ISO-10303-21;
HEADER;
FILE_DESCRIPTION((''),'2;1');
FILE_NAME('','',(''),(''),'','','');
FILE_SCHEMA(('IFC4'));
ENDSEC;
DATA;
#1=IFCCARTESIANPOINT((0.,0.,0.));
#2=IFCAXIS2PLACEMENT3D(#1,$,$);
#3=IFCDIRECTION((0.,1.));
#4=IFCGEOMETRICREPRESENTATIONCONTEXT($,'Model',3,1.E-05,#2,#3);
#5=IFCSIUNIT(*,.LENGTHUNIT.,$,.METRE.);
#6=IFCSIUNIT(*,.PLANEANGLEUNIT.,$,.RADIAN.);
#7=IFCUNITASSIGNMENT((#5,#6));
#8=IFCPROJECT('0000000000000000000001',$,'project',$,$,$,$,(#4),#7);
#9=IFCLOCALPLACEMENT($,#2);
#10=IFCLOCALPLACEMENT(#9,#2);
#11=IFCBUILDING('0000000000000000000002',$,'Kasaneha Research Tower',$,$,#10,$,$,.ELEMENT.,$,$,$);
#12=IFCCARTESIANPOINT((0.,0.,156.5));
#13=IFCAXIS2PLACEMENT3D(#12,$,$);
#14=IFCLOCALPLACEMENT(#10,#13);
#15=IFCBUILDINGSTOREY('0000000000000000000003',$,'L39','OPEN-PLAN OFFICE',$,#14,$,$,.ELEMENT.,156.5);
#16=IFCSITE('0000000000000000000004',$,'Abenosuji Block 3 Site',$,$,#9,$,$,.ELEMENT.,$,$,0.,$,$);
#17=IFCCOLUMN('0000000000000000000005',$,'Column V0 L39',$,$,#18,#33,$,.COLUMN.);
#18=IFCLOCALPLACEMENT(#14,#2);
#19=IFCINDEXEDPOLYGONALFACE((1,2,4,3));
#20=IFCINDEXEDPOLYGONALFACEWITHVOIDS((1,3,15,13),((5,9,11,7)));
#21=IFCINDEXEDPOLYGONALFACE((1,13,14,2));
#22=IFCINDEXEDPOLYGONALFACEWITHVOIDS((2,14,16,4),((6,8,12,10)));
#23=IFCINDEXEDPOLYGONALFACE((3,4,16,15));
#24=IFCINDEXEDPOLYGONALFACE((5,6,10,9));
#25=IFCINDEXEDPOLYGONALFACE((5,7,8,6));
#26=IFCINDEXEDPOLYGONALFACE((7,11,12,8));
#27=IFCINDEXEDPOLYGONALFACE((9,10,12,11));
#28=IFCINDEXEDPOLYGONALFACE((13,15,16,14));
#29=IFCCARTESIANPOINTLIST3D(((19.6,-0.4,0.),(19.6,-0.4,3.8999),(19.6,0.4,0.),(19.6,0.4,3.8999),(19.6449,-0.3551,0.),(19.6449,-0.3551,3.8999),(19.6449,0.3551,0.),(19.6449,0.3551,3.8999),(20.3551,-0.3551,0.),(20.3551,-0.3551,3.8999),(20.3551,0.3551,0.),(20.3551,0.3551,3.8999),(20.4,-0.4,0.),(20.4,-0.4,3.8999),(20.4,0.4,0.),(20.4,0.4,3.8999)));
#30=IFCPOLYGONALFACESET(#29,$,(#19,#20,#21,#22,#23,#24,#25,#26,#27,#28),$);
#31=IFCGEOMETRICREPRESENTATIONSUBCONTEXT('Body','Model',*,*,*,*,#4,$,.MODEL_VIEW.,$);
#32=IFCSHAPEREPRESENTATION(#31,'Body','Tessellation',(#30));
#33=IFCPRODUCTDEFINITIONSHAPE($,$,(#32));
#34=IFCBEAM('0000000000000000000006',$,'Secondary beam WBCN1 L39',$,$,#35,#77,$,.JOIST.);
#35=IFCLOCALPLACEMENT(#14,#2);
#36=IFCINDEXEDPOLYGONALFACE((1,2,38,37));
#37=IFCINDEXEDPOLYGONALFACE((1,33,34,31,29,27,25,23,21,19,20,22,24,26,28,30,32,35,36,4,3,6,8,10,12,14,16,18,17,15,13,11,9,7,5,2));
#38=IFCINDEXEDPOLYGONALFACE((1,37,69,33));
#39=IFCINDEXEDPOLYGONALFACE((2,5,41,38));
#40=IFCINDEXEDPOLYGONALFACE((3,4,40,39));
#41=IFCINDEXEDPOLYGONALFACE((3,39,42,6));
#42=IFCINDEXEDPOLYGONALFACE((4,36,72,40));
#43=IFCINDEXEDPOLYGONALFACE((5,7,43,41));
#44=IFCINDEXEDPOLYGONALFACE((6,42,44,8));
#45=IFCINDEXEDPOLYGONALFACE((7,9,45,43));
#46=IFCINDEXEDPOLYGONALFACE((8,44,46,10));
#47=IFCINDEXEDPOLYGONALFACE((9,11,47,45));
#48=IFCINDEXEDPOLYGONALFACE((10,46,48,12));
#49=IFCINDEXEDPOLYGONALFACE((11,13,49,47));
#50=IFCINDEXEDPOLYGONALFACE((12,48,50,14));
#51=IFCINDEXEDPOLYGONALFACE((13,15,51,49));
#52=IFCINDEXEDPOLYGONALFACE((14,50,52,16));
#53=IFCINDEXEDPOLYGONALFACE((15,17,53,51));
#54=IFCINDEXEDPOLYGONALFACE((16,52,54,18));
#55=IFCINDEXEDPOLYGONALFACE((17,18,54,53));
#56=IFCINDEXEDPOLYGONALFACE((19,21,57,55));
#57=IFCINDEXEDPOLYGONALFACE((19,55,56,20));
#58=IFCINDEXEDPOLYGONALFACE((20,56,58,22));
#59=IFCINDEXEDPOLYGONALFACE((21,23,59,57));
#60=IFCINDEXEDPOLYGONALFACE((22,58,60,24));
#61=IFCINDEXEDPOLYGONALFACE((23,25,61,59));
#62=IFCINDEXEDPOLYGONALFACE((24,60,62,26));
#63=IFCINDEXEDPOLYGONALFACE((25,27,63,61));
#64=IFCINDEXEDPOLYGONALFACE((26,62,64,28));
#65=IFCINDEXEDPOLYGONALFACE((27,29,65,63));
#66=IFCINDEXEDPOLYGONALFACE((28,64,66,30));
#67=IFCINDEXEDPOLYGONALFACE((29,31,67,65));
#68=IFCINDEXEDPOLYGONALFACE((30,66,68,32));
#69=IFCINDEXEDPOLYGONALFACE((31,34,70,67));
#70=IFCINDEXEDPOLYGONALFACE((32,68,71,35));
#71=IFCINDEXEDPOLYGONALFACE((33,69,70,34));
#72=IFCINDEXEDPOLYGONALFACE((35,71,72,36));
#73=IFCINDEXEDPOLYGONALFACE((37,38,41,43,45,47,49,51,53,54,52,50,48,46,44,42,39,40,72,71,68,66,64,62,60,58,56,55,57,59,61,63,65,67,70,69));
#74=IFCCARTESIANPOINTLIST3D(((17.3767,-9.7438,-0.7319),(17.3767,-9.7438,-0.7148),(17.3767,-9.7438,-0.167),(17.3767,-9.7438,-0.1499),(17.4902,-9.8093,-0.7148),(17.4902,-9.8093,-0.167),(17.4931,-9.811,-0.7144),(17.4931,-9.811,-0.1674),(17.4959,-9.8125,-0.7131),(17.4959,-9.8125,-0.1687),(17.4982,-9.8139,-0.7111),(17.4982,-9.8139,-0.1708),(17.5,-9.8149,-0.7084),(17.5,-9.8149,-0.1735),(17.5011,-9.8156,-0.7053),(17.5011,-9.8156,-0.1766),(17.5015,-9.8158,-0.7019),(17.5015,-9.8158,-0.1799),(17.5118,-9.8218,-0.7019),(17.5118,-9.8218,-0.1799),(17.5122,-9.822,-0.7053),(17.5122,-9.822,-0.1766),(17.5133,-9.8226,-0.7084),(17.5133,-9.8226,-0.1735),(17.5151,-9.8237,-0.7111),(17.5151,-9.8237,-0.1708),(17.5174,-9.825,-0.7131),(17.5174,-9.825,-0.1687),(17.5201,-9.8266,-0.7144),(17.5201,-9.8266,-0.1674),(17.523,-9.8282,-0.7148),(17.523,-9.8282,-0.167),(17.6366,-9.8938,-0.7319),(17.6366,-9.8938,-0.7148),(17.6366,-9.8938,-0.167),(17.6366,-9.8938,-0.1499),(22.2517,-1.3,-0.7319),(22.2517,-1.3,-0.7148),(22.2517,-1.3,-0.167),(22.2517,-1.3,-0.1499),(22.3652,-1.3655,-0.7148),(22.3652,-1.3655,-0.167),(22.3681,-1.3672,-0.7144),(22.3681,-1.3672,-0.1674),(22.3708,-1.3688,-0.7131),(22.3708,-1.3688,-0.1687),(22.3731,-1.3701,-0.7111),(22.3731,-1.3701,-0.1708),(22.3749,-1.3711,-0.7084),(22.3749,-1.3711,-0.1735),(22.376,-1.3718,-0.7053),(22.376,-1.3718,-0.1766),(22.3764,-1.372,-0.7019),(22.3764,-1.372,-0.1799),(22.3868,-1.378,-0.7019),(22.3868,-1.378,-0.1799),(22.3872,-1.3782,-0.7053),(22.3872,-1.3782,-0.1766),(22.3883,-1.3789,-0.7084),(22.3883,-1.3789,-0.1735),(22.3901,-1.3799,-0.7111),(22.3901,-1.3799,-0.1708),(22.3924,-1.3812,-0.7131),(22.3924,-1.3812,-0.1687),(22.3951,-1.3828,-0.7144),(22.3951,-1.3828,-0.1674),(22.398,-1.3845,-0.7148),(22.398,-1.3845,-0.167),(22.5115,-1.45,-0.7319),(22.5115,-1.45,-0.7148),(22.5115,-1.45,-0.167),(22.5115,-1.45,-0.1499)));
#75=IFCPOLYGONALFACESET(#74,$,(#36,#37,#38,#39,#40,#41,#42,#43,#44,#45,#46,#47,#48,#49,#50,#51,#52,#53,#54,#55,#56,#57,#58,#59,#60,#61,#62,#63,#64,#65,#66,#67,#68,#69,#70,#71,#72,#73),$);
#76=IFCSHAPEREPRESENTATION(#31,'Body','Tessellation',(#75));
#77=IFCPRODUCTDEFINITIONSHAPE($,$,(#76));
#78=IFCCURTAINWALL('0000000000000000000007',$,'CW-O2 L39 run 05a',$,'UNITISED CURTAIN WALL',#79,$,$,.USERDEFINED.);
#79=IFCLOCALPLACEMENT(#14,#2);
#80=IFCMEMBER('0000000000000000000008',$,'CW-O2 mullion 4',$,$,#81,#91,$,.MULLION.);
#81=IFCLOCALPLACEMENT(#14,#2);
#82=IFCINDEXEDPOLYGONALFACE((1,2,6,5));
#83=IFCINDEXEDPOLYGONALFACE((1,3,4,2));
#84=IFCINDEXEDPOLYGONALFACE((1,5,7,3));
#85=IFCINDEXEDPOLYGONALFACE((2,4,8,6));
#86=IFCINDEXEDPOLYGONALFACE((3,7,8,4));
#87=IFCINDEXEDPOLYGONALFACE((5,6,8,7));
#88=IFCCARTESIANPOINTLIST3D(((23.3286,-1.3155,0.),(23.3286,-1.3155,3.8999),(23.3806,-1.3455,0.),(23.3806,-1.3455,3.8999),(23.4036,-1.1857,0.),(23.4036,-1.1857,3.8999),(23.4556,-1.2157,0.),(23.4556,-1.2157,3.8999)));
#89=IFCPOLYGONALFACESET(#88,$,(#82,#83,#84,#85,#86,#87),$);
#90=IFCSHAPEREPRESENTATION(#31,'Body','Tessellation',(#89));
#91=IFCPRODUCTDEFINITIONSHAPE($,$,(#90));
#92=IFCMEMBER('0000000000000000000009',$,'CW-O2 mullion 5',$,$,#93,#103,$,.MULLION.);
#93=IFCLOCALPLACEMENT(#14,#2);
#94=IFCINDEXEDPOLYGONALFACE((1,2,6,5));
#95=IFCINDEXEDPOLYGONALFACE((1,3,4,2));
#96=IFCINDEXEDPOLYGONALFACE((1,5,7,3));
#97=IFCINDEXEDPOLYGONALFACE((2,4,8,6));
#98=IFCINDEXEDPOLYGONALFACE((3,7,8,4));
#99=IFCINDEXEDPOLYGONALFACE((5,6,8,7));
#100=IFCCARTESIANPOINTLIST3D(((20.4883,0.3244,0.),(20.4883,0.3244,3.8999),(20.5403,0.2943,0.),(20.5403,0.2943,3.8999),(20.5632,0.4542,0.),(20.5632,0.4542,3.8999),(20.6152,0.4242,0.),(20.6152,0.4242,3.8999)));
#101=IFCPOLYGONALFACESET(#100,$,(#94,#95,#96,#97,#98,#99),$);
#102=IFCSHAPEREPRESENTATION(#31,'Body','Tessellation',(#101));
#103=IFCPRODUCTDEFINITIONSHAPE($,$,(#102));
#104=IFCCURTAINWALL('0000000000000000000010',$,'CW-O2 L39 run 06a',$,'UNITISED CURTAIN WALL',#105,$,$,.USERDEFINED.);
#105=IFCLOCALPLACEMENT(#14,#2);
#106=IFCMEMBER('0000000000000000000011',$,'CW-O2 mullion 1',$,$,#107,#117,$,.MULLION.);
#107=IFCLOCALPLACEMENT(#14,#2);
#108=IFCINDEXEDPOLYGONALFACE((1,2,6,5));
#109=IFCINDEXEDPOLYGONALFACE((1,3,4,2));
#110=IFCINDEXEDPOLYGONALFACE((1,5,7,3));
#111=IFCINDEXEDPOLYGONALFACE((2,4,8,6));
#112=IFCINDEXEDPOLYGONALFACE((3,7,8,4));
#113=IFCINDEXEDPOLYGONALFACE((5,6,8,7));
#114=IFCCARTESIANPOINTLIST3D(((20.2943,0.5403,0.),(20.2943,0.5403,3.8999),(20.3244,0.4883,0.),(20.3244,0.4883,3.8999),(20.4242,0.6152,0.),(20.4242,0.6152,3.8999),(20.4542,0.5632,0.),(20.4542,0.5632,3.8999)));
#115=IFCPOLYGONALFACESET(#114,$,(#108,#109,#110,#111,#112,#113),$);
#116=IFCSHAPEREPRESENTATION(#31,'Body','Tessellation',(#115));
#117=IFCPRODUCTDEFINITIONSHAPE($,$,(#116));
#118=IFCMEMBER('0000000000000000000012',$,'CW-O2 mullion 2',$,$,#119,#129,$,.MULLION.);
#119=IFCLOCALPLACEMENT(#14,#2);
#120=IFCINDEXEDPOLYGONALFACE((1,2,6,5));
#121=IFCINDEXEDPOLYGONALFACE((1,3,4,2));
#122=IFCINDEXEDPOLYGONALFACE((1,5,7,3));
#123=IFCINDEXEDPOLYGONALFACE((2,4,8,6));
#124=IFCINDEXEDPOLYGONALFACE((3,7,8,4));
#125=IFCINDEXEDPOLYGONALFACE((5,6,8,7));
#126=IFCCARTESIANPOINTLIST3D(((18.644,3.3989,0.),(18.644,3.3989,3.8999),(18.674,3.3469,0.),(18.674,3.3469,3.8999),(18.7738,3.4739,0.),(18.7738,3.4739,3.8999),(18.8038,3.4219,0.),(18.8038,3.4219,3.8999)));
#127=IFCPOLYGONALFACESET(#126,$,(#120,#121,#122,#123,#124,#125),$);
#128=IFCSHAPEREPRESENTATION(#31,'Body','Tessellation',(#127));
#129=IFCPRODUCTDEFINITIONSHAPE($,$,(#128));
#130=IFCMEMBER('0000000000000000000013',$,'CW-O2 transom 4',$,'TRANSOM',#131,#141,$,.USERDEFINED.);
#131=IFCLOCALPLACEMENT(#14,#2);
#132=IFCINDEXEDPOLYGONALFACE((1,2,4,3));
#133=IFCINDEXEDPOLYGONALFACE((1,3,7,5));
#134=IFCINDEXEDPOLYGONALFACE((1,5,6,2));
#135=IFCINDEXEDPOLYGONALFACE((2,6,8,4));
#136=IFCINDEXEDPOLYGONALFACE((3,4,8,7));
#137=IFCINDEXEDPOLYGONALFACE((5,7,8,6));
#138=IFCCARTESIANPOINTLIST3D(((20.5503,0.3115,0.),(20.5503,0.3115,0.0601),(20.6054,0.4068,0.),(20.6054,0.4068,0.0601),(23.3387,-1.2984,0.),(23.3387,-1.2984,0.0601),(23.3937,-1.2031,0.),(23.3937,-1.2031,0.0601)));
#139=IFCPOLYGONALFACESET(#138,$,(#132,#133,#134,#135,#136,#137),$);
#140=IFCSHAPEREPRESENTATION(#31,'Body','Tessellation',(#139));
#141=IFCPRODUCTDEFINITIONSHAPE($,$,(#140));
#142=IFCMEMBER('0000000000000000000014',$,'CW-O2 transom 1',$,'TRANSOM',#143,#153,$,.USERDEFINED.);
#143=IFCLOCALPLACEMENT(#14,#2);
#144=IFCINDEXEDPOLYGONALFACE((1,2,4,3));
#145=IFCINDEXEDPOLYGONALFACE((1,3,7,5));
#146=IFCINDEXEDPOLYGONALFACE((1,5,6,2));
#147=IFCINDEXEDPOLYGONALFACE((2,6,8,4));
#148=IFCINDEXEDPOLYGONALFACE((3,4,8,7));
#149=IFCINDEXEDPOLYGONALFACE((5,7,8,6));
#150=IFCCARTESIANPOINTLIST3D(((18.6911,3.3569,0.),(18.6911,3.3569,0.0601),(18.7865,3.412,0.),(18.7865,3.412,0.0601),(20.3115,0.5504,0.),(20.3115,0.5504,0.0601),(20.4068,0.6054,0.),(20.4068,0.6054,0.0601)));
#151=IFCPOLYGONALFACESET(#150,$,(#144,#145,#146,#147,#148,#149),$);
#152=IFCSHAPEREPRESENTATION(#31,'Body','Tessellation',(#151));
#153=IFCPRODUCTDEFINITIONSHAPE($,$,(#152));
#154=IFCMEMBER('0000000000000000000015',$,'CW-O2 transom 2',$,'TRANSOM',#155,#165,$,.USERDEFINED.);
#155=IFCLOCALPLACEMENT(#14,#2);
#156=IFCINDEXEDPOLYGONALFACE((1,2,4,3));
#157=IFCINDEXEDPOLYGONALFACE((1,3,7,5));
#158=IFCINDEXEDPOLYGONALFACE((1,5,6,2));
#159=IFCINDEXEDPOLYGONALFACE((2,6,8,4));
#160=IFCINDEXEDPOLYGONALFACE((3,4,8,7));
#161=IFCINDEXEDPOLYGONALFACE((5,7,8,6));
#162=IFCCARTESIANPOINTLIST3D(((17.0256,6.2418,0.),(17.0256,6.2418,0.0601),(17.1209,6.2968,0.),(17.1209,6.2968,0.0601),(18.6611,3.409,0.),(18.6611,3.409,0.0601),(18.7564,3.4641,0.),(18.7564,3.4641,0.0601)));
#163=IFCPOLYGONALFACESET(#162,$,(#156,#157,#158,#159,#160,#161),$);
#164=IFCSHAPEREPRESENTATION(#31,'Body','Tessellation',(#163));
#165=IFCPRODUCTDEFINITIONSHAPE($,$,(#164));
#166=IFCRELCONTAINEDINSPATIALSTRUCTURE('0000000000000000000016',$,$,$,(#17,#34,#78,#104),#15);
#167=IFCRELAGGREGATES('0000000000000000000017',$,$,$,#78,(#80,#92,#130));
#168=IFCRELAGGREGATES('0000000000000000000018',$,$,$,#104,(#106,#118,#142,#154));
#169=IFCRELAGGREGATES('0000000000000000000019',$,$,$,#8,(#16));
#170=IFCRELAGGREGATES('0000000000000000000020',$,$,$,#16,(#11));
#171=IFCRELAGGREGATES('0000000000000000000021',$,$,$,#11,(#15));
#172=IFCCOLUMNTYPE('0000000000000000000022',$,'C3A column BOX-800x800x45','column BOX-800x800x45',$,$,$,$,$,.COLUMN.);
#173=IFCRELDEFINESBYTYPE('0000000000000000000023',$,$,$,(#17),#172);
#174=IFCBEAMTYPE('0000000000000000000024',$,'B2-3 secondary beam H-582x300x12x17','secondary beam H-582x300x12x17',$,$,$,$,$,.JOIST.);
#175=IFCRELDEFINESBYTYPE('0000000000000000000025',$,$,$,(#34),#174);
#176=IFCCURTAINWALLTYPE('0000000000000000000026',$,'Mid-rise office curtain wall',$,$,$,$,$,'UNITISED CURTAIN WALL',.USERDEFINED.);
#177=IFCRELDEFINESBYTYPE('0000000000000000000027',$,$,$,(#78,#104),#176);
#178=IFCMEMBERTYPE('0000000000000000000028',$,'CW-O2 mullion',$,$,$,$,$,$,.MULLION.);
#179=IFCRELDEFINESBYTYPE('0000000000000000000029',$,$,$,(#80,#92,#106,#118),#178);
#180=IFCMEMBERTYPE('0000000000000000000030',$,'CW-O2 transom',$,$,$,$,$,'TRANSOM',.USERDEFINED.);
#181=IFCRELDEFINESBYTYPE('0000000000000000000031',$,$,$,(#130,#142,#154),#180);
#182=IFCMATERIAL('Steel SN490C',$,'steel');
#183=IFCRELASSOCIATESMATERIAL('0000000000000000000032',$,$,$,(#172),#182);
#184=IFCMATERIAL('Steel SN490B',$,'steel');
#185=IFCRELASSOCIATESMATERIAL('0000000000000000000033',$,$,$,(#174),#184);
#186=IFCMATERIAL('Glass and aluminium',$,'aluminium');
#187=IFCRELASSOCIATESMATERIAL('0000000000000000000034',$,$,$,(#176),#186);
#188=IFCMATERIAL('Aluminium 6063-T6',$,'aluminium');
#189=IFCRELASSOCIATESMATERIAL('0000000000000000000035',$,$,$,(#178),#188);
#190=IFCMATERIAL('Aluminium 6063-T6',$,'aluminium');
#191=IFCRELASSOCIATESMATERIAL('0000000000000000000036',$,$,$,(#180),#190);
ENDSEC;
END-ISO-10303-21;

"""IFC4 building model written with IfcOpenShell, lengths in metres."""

from ifc_helpers import new_model, si_unit, direction, frame, origin, origin_2d, place, context, subcontext, project, spatial, rectangle, hollow_rectangle, i_section, extrude, material, material_profile, profile_set, type_object, element, aggregate, save


model = new_model("IFC4")

# Units and contexts
model_context = context("Model", 3, precision=1e-05, world=origin(), true_north=direction((0.0, 1.0)))
body_context = subcontext(model_context, "Body", "Model", "MODEL_VIEW")
ifc_project = project(units=[si_unit("LENGTHUNIT", "METRE"), si_unit("PLANEANGLEUNIT", "RADIAN")], contexts=[model_context])

# Site, building, storey
site_placement = place(None, origin())
site = spatial("IfcSite", under=ifc_project, at=site_placement, Name="Abenosuji Block 3 Site", CompositionType="ELEMENT", RefElevation=0.0)
building_placement = place(site_placement, origin())
building = spatial("IfcBuilding", under=site, at=building_placement, Name="Kasaneha Research Tower", CompositionType="ELEMENT")
storey_placement = place(building_placement, frame((0.0, 0.0, 156.5)))
storey = spatial("IfcBuildingStorey", under=building, at=storey_placement, Name="L39", Description="OPEN-PLAN OFFICE", CompositionType="ELEMENT", Elevation=156.5)

# Column
ifc_material_1 = material(Name="Steel SN490C", Category="steel")
ifc_material_profile_1 = material_profile(ifc_material_1, hollow_rectangle(XDim=0.8, YDim=0.8, WallThickness=0.0449, at=origin_2d()), Name="BOX-800x800x45")
ifc_profile_set_1 = profile_set([ifc_material_profile_1], Name="Steel SN490C")
column_type = type_object("IfcColumnType", Name="C3A column BOX-800x800x45", Description="column BOX-800x800x45", PredefinedType="COLUMN", material=ifc_profile_set_1)
column_placement = place(storey_placement, frame((20.0, 0.0, 0.0), z_axis=(0.0, 0.0, 1.0), x_axis=(1.0, 0.0, 0.0)))
element("IfcColumn", 1, at=column_placement, inside=storey, type_object=column_type, Name="Column V0 L39", PredefinedType="COLUMN", context=body_context, shape_type="SweptSolid", body=[
    extrude(hollow_rectangle(XDim=0.8, YDim=0.8, WallThickness=0.0449, at=origin_2d()), origin(), (0.0, 0.0, 1.0), 3.8999),
])

# Beam
ifc_material_2 = material(Name="Steel SN490B", Category="steel")
ifc_material_profile_2 = material_profile(ifc_material_2, i_section(OverallWidth=0.3, OverallDepth=0.582, WebThickness=0.012, FlangeThickness=0.0171, FilletRadius=0.0129, at=origin_2d()), Name="H-582x300x12x17")
ifc_profile_set_2 = profile_set([ifc_material_profile_2], Name="Steel SN490B")
beam_type_1 = type_object("IfcBeamType", Name="B2-3 secondary beam H-582x300x12x17", Description="secondary beam H-582x300x12x17", PredefinedType="JOIST", material=ifc_profile_set_2)
beam_1_placement = place(storey_placement, frame((22.3816, -1.375, -0.4409), z_axis=(-0.499996, -0.866028, 0.0), x_axis=(0.866028, -0.499996, 0.0)))
element("IfcBeam", 2, at=beam_1_placement, inside=storey, type_object=beam_type_1, Name="Secondary beam WBCN1 L39", PredefinedType="JOIST", context=body_context, shape_type="SweptSolid", body=[
    extrude(i_section(OverallWidth=0.3, OverallDepth=0.582, WebThickness=0.012, FlangeThickness=0.0171, FilletRadius=0.0129, at=origin_2d()), origin(), (0.0, 0.0, 1.0), 9.75),
])

# Curtain walls, members
ifc_material_3 = material(Name="Glass and aluminium", Category="aluminium")
curtain_wall_type = type_object("IfcCurtainWallType", Name="Mid-rise office curtain wall", ElementType="UNITISED CURTAIN WALL", PredefinedType="USERDEFINED", material=ifc_material_3)
curtain_wall_1_placement = place(storey_placement, origin())
curtain_wall_1 = element("IfcCurtainWall", 3, at=curtain_wall_1_placement, inside=storey, type_object=curtain_wall_type, Name="CW-O2 L39 run 05a", ObjectType="UNITISED CURTAIN WALL", PredefinedType="USERDEFINED")
ifc_material_4 = material(Name="Aluminium 6063-T6", Category="aluminium")
ifc_material_profile_3 = material_profile(ifc_material_4, rectangle(XDim=0.0601, YDim=0.1499, at=origin_2d()), Name="CW-O2 mullion 60x150")
ifc_profile_set_3 = profile_set([ifc_material_profile_3], Name="Aluminium 6063-T6")
member_type_1 = type_object("IfcMemberType", Name="CW-O2 mullion", PredefinedType="MULLION", material=ifc_profile_set_3)
member_1_placement = place(storey_placement, frame((23.3921, -1.2656, 0.0), z_axis=(0.0, 0.0, 1.0), x_axis=(-0.866025, 0.5, 0.0)))
member_1 = element("IfcMember", 4, at=member_1_placement, type_object=member_type_1, Name="CW-O2 mullion 4", PredefinedType="MULLION", context=body_context, shape_type="SweptSolid", body=[
    extrude(rectangle(XDim=0.0601, YDim=0.1499, at=origin_2d()), origin(), (0.0, 0.0, 1.0), 3.8999),
])
member_2_placement = place(storey_placement, frame((20.5518, 0.3743, 0.0), z_axis=(0.0, 0.0, 1.0), x_axis=(-0.866025, 0.5, 0.0)))
member_2 = element("IfcMember", 5, at=member_2_placement, type_object=member_type_1, Name="CW-O2 mullion 5", PredefinedType="MULLION", context=body_context, shape_type="SweptSolid", body=[
    extrude(rectangle(XDim=0.0601, YDim=0.1499, at=origin_2d()), origin(), (0.0, 0.0, 1.0), 3.8999),
])
curtain_wall_2_placement = place(storey_placement, origin())
curtain_wall_2 = element("IfcCurtainWall", 6, at=curtain_wall_2_placement, inside=storey, type_object=curtain_wall_type, Name="CW-O2 L39 run 06a", ObjectType="UNITISED CURTAIN WALL", PredefinedType="USERDEFINED")
member_3_placement = place(storey_placement, frame((20.3743, 0.5518, 0.0), z_axis=(0.0, 0.0, 1.0), x_axis=(-0.5, 0.866025, 0.0)))
member_3 = element("IfcMember", 7, at=member_3_placement, type_object=member_type_1, Name="CW-O2 mullion 1", PredefinedType="MULLION", context=body_context, shape_type="SweptSolid", body=[
    extrude(rectangle(XDim=0.0601, YDim=0.1499, at=origin_2d()), origin(), (0.0, 0.0, 1.0), 3.8999),
])
member_4_placement = place(storey_placement, frame((18.7239, 3.4104, 0.0), z_axis=(0.0, 0.0, 1.0), x_axis=(-0.5, 0.866025, 0.0)))
member_4 = element("IfcMember", 8, at=member_4_placement, type_object=member_type_1, Name="CW-O2 mullion 2", PredefinedType="MULLION", context=body_context, shape_type="SweptSolid", body=[
    extrude(rectangle(XDim=0.0601, YDim=0.1499, at=origin_2d()), origin(), (0.0, 0.0, 1.0), 3.8999),
])

# Members
ifc_material_5 = material(Name="Aluminium 6063-T6", Category="aluminium")
ifc_material_profile_4 = material_profile(ifc_material_5, rectangle(XDim=0.1101, YDim=0.0601, at=origin_2d()), Name="CW-O2 transom 110x60")
ifc_profile_set_4 = profile_set([ifc_material_profile_4], Name="Aluminium 6063-T6")
member_type_2 = type_object("IfcMemberType", Name="CW-O2 transom", ElementType="TRANSOM", PredefinedType="USERDEFINED", material=ifc_profile_set_4)
member_5_placement = place(storey_placement, frame((23.3662, -1.2507, 0.03), z_axis=(-0.866023, 0.500005, 0.0), x_axis=(-0.500005, -0.866023, 0.0)))
member_5 = element("IfcMember", 9, at=member_5_placement, type_object=member_type_2, Name="CW-O2 transom 4", ObjectType="TRANSOM", PredefinedType="USERDEFINED", context=body_context, shape_type="SweptSolid", body=[
    extrude(rectangle(XDim=0.1101, YDim=0.0601, at=origin_2d()), origin(), (0.0, 0.0, 1.0), 3.2197),
])
member_6_placement = place(storey_placement, frame((20.3591, 0.5779, 0.03), z_axis=(-0.499988, 0.866033, 0.0), x_axis=(-0.866033, -0.499988, 0.0)))
member_6 = element("IfcMember", 10, at=member_6_placement, type_object=member_type_2, Name="CW-O2 transom 1", ObjectType="TRANSOM", PredefinedType="USERDEFINED", context=body_context, shape_type="SweptSolid", body=[
    extrude(rectangle(XDim=0.1101, YDim=0.0601, at=origin_2d()), origin(), (0.0, 0.0, 1.0), 3.2407),
])
member_7_placement = place(storey_placement, frame((18.7087, 3.4365, 0.03), z_axis=(-0.5, 0.866025, 0.0), x_axis=(-0.866025, -0.5, 0.0)))
member_7 = element("IfcMember", 11, at=member_7_placement, type_object=member_type_2, Name="CW-O2 transom 2", ObjectType="TRANSOM", PredefinedType="USERDEFINED", context=body_context, shape_type="SweptSolid", body=[
    extrude(rectangle(XDim=0.1101, YDim=0.0601, at=origin_2d()), origin(), (0.0, 0.0, 1.0), 3.271),
])

aggregate(curtain_wall_1, [member_1, member_2, member_5])
aggregate(curtain_wall_2, [member_3, member_4, member_6, member_7])

save(model, "model.ifc")
